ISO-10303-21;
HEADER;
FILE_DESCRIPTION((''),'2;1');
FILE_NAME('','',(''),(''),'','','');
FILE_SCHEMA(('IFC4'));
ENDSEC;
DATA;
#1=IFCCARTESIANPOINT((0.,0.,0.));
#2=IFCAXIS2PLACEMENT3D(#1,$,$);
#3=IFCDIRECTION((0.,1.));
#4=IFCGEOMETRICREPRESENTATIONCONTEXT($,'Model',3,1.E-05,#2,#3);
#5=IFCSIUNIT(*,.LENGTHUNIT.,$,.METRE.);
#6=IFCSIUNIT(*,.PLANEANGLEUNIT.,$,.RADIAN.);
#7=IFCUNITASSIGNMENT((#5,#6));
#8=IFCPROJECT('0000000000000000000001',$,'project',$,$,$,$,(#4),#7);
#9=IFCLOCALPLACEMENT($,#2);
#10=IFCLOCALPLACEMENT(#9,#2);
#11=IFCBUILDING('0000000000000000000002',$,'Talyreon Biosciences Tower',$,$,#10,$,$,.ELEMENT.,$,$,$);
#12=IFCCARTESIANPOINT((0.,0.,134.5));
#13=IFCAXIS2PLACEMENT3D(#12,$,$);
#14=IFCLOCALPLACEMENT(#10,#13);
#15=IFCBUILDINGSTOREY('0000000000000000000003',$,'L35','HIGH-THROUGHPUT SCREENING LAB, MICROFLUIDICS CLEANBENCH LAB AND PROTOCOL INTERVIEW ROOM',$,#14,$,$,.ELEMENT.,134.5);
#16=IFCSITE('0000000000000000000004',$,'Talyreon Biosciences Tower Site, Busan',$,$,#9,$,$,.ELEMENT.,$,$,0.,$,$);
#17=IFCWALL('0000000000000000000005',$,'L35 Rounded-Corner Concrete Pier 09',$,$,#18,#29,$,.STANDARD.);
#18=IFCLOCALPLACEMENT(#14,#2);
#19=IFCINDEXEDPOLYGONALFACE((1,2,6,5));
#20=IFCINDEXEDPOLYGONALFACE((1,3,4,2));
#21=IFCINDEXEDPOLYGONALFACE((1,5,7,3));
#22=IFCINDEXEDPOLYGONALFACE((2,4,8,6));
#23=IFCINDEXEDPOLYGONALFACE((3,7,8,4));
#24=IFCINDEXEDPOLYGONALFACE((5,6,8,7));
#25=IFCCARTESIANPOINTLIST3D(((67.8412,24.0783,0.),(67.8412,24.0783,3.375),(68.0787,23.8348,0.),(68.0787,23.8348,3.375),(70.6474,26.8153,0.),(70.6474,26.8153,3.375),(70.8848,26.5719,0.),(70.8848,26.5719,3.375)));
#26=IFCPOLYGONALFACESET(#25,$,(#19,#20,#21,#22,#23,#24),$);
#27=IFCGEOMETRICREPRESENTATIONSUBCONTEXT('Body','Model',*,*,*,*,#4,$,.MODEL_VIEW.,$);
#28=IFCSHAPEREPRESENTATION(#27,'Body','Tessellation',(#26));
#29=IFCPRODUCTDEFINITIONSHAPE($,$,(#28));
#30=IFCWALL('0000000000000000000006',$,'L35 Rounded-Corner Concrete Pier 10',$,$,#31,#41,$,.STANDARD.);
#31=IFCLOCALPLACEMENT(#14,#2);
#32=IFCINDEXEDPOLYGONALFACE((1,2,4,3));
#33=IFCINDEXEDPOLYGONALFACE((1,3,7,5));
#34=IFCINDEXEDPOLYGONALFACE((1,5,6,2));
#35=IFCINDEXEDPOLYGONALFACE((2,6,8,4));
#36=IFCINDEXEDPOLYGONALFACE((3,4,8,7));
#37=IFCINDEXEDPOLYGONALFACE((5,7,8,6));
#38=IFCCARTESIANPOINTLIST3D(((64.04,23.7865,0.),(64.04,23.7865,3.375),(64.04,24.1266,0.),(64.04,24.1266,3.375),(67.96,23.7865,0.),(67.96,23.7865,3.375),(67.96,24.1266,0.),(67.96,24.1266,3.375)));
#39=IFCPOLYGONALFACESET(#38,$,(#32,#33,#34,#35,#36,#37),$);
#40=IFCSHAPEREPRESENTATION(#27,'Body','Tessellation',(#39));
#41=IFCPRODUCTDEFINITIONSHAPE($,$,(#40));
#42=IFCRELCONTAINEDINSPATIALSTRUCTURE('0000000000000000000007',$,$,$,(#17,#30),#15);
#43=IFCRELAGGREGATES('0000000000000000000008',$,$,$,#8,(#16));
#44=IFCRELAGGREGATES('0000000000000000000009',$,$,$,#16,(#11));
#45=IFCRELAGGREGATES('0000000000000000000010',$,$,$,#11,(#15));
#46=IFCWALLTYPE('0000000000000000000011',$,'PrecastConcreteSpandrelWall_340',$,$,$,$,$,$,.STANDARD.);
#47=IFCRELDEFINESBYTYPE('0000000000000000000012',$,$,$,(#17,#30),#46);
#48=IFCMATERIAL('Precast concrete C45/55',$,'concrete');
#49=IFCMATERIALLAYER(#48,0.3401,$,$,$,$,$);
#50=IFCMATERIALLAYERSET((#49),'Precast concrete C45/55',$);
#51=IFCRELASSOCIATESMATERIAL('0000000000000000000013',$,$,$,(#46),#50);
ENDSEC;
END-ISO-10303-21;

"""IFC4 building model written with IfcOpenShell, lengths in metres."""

from ifc_helpers import new_model, si_unit, direction, frame, frame_2d, origin, place, context, subcontext, project, spatial, rectangle, extrude, material, layer, layer_set, type_object, element, save


model = new_model("IFC4")

# Units and contexts
model_context = context("Model", 3, precision=1e-05, world=origin(), true_north=direction((0.0, 1.0)))
body_context = subcontext(model_context, "Body", "Model", "MODEL_VIEW")
ifc_project = project(units=[si_unit("LENGTHUNIT", "METRE"), si_unit("PLANEANGLEUNIT", "RADIAN")], contexts=[model_context])

# Site, building, storey
site_placement = place(None, origin())
site = spatial("IfcSite", under=ifc_project, at=site_placement, Name="Talyreon Biosciences Tower Site, Busan", CompositionType="ELEMENT", RefElevation=0.0)
building_placement = place(site_placement, origin())
building = spatial("IfcBuilding", under=site, at=building_placement, Name="Talyreon Biosciences Tower", CompositionType="ELEMENT")
storey_placement = place(building_placement, frame((0.0, 0.0, 134.5)))
storey = spatial("IfcBuildingStorey", under=building, at=storey_placement, Name="L35", Description="HIGH-THROUGHPUT SCREENING LAB, MICROFLUIDICS CLEANBENCH LAB AND PROTOCOL INTERVIEW ROOM", CompositionType="ELEMENT", Elevation=134.5)

# Shared definitions
ifc_material_1 = material(Name="Precast concrete C45/55", Category="concrete")

# Walls
ifc_layer_1 = layer(ifc_material_1, 0.3401)
ifc_layer_set_1 = layer_set([ifc_layer_1], Name="Precast concrete C45/55")
wall_type_1 = type_object("IfcWallType", Name="PrecastConcreteSpandrelWall_340", PredefinedType="STANDARD", material=ifc_layer_set_1)
for number, where, z_axis, x_axis, name in (
    (1, (70.7661, 26.6936, 0.0), (0.0, 0.0, 1.0), (-0.715865, -0.698239, 0.0), "L35 Rounded-Corner Concrete Pier 09"),
    (2, (67.96, 23.9565, 0.0), (0.0, 0.0, 1.0), (-1.0, 0.0, 0.0), "L35 Rounded-Corner Concrete Pier 10"),
):
    element("IfcWall", number, at=place(storey_placement, frame(where, z_axis=z_axis, x_axis=x_axis)), inside=storey, type_object=wall_type_1, Name=name, PredefinedType="STANDARD", context=body_context, shape_type="SweptSolid", body=[
        extrude(rectangle(XDim=3.9199, YDim=0.3401, at=frame_2d((1.96, 0.0))), origin(), (0.0, 0.0, 1.0), 3.375),
    ])

save(model, "model.ifc")
